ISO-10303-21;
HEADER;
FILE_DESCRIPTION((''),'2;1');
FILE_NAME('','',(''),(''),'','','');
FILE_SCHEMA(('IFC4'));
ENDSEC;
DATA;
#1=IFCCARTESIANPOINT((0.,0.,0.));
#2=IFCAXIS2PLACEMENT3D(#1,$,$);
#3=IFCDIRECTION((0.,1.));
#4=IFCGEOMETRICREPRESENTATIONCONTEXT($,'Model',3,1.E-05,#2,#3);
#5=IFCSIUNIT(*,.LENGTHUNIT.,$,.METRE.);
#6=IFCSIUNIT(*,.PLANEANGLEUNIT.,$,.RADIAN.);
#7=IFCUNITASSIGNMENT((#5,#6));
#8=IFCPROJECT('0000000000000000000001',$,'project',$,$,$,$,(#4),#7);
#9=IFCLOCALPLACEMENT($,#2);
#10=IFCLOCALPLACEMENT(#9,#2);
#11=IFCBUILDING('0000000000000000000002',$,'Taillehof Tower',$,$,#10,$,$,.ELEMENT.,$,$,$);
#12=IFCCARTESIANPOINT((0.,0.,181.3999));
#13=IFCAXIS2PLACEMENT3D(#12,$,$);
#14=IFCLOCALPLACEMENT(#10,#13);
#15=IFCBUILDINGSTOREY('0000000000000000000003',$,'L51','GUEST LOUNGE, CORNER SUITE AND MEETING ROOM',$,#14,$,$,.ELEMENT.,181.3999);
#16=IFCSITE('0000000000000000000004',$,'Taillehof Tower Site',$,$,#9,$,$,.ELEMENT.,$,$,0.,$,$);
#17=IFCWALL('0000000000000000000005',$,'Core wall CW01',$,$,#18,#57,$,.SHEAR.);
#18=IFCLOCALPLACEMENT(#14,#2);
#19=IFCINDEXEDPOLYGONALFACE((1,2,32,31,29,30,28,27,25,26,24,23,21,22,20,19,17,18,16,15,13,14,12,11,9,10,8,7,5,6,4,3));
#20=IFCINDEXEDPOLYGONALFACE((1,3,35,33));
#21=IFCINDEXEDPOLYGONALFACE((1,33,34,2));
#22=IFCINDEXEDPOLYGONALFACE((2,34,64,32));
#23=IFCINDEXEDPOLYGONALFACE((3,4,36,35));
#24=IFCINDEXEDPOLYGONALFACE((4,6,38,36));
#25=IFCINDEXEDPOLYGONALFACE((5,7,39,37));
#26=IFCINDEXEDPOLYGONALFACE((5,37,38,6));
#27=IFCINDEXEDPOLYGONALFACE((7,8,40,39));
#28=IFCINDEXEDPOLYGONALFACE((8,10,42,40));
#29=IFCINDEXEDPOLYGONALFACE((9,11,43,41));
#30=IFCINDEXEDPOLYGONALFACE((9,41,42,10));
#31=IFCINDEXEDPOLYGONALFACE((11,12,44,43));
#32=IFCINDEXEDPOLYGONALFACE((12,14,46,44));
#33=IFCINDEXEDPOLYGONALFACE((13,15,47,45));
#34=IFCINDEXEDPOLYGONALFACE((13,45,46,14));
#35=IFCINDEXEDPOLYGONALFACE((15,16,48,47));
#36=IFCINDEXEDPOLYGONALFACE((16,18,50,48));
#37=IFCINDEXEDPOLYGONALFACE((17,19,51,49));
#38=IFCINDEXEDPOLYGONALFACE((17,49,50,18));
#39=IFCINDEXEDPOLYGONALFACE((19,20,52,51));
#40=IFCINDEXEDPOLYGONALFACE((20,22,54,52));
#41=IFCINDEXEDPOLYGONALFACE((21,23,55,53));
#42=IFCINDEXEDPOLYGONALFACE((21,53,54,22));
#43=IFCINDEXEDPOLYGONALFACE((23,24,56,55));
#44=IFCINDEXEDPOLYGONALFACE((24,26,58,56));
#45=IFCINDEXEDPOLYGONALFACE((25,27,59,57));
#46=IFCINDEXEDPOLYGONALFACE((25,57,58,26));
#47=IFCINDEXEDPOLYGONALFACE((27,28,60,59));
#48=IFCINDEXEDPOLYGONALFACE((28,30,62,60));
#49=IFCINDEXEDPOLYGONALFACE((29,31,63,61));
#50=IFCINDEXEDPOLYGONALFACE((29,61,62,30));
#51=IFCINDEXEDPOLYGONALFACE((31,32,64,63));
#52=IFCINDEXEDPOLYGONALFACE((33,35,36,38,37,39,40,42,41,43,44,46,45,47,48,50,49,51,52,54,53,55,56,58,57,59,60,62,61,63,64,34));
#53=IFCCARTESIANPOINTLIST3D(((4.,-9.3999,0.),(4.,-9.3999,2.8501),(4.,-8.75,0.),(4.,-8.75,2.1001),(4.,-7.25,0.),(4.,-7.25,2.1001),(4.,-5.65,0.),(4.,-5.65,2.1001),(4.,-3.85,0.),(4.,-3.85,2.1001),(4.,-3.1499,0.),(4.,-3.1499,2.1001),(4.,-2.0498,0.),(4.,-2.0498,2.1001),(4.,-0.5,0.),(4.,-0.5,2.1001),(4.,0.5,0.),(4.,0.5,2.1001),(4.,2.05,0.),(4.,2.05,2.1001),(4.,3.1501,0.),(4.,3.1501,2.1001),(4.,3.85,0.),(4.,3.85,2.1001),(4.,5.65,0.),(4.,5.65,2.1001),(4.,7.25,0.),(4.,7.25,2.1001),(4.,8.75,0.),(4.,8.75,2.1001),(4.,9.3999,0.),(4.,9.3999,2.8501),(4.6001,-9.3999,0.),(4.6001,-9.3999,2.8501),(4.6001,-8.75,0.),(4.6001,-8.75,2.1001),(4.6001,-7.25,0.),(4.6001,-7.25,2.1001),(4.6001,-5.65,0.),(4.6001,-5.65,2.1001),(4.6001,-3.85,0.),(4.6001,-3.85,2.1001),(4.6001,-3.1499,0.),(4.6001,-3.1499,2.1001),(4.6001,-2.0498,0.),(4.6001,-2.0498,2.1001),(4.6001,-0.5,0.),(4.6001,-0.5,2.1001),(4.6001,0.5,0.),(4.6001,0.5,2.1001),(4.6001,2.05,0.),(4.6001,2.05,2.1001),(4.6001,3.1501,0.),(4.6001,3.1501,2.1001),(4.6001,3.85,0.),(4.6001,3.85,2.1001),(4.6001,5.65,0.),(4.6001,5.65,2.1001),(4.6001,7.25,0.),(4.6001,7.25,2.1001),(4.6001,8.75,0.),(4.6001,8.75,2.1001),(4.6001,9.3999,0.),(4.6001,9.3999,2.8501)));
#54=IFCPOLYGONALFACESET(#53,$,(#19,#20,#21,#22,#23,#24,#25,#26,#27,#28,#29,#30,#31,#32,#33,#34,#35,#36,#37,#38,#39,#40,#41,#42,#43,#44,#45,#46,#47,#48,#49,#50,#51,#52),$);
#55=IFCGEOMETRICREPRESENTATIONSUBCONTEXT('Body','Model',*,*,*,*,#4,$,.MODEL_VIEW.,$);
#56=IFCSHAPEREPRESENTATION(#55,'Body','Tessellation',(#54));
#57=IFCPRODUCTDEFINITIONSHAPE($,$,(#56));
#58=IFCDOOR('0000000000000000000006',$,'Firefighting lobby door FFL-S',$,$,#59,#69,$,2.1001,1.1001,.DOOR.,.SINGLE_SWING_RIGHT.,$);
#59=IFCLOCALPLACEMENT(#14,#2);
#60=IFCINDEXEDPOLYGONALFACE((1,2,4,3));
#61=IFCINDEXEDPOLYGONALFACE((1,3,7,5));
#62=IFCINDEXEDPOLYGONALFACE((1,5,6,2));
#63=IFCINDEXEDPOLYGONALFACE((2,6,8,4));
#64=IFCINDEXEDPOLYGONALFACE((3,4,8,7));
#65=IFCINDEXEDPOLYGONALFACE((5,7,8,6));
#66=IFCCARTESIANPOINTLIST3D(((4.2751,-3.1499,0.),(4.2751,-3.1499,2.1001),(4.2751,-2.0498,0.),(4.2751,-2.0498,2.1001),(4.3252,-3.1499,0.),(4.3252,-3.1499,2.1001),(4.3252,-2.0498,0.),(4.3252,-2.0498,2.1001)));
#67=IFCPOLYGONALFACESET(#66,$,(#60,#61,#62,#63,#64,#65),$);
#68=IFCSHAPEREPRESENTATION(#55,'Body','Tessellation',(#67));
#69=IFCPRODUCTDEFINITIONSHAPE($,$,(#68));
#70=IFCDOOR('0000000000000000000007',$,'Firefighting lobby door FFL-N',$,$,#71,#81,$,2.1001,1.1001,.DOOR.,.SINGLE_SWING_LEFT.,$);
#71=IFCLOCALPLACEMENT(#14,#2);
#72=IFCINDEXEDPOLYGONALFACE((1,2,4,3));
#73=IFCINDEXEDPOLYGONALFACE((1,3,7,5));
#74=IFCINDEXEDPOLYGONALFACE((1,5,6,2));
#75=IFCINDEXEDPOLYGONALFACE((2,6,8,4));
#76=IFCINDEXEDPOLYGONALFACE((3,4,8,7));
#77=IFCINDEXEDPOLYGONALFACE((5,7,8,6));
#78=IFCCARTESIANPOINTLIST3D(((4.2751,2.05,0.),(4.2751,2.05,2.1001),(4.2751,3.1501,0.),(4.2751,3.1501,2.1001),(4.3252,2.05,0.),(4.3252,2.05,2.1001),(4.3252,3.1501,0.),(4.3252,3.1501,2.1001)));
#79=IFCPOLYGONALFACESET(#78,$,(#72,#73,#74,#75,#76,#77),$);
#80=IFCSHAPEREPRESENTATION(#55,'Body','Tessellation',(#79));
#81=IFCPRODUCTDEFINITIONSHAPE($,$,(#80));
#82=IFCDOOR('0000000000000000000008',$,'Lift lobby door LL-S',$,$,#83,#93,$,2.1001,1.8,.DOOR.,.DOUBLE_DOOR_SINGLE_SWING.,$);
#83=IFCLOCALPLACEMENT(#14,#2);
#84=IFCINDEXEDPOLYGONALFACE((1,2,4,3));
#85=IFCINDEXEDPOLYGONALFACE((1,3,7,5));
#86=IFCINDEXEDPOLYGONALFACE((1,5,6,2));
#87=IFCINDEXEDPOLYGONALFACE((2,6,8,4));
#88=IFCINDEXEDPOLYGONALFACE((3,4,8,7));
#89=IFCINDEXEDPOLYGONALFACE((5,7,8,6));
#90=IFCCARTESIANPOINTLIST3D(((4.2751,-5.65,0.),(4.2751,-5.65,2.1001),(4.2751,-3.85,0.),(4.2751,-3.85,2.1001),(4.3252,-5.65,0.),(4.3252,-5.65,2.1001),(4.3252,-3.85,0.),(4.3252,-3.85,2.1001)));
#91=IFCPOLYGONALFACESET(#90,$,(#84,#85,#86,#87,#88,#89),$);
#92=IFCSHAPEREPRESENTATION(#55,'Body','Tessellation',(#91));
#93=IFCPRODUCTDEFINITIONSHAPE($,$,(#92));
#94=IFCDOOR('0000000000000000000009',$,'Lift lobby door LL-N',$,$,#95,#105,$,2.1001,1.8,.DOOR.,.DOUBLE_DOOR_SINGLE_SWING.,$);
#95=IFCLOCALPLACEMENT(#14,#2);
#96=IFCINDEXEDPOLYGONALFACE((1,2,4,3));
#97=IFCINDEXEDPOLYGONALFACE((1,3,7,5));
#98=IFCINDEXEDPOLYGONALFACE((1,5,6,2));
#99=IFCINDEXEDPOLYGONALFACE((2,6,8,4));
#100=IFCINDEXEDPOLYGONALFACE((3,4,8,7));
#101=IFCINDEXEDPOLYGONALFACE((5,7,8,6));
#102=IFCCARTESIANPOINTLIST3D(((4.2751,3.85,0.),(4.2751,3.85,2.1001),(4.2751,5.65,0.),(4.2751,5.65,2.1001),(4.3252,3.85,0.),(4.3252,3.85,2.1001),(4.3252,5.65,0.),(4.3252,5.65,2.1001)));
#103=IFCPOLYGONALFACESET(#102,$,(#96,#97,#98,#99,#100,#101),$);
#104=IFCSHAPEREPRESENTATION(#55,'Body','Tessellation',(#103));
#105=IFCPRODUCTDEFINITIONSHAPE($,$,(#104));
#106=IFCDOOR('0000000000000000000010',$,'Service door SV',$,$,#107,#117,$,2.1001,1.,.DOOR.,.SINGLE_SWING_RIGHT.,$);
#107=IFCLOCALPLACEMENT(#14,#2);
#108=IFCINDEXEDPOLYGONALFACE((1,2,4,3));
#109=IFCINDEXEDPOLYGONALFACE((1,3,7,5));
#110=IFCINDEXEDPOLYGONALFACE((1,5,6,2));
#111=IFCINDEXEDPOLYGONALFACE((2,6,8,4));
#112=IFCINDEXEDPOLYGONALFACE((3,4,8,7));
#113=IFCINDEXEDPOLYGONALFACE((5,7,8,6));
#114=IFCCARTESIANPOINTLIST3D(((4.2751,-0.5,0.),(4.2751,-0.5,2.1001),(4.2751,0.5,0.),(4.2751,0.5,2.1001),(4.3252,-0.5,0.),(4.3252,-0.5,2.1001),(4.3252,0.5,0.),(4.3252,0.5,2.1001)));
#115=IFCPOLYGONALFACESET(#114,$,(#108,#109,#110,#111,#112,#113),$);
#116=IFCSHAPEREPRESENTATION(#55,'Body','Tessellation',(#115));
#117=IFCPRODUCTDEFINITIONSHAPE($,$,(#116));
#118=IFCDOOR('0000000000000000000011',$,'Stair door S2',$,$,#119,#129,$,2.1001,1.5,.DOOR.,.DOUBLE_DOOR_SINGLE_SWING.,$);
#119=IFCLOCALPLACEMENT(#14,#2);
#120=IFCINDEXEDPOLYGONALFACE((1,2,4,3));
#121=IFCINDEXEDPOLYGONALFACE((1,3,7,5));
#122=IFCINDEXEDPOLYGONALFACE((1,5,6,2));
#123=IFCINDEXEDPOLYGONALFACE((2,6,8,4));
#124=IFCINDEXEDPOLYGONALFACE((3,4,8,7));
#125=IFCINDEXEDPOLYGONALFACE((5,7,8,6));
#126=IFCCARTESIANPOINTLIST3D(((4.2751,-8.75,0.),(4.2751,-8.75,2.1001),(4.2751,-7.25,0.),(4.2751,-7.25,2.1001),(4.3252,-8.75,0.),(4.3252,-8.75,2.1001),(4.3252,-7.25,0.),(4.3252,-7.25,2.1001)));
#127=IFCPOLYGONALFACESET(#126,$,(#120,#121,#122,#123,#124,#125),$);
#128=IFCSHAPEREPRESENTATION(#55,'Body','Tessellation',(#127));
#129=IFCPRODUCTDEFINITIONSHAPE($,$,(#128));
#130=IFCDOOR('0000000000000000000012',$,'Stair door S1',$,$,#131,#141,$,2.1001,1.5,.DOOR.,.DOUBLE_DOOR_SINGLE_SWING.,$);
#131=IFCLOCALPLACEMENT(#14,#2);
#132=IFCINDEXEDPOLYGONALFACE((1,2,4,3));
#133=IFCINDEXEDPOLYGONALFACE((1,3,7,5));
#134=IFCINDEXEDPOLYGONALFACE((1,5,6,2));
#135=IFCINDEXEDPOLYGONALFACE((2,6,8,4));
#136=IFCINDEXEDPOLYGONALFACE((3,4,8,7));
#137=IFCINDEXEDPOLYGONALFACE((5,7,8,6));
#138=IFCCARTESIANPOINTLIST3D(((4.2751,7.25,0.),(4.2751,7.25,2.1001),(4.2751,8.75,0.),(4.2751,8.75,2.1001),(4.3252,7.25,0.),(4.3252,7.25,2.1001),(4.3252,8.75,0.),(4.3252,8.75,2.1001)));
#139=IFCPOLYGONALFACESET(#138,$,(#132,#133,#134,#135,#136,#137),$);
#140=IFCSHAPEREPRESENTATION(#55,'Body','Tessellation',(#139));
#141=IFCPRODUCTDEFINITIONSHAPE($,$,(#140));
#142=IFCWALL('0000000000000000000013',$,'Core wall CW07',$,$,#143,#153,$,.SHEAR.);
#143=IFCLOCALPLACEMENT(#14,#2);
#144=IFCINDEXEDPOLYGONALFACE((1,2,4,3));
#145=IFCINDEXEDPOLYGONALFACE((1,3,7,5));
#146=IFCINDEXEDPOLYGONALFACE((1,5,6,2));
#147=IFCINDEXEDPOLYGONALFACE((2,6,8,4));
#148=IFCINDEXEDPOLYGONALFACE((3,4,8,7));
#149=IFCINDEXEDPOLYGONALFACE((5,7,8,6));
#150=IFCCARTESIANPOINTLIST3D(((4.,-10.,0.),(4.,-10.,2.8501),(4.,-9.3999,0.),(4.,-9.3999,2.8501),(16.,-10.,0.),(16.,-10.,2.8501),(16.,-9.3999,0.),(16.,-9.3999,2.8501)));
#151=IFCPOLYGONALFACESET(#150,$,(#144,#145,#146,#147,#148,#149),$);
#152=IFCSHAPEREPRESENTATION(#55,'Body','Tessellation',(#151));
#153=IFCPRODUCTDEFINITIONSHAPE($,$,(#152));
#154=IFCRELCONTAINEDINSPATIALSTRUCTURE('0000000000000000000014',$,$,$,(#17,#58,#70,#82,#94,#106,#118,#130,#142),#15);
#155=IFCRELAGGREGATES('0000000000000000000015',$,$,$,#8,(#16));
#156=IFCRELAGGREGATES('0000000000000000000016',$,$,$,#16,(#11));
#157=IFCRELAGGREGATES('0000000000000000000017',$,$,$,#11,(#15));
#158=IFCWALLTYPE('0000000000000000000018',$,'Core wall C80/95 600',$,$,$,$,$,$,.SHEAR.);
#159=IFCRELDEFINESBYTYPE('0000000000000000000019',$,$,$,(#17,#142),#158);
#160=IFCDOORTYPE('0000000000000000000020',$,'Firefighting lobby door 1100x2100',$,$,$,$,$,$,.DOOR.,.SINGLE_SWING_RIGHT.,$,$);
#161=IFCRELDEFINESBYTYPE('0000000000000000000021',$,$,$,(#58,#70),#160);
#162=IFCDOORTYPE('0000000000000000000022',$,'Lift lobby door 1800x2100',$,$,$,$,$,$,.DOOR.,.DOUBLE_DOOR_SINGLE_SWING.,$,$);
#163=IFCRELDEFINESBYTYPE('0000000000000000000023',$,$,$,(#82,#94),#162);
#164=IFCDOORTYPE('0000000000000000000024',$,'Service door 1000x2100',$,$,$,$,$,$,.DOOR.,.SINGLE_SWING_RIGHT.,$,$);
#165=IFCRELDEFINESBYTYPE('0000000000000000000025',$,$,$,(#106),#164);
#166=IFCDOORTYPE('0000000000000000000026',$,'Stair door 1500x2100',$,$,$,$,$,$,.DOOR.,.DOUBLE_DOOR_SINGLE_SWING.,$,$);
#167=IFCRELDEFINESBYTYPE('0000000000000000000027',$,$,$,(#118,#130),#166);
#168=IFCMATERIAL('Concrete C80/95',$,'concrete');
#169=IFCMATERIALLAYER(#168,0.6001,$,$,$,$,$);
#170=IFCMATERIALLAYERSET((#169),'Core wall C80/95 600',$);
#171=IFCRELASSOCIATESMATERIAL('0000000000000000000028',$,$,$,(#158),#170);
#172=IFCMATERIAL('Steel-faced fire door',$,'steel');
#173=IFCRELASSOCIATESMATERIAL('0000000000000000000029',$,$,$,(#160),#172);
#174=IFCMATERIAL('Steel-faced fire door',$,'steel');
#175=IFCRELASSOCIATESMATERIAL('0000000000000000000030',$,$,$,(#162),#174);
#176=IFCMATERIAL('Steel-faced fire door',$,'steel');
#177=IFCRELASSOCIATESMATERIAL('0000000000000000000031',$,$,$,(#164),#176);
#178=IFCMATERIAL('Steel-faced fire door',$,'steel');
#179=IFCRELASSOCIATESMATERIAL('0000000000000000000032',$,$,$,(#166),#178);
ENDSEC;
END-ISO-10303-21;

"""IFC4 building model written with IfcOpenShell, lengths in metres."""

from ifc_helpers import new_model, si_unit, direction, frame, frame_2d, origin, place, context, subcontext, project, spatial, rectangle, extrude, material, layer, layer_set, type_object, element, fill, save


model = new_model("IFC4")

# Units and contexts
model_context = context("Model", 3, precision=1e-05, world=origin(), true_north=direction((0.0, 1.0)))
body_context = subcontext(model_context, "Body", "Model", "MODEL_VIEW")
ifc_project = project(units=[si_unit("LENGTHUNIT", "METRE"), si_unit("PLANEANGLEUNIT", "RADIAN")], contexts=[model_context])

# Site, building, storey
site_placement = place(None, origin())
site = spatial("IfcSite", under=ifc_project, at=site_placement, Name="Taillehof Tower Site", CompositionType="ELEMENT", RefElevation=0.0)
building_placement = place(site_placement, origin())
building = spatial("IfcBuilding", under=site, at=building_placement, Name="Taillehof Tower", CompositionType="ELEMENT")
storey_placement = place(building_placement, frame((0.0, 0.0, 181.3999)))
storey = spatial("IfcBuildingStorey", under=building, at=storey_placement, Name="L51", Description="GUEST LOUNGE, CORNER SUITE AND MEETING ROOM", CompositionType="ELEMENT", Elevation=181.3999)

# Wall, openings, doors
ifc_material_1 = material(Name="Concrete C80/95", Category="concrete")
ifc_layer_1 = layer(ifc_material_1, 0.6001)
ifc_layer_set_1 = layer_set([ifc_layer_1], Name="Core wall C80/95 600")
wall_type_1 = type_object("IfcWallType", Name="Core wall C80/95 600", PredefinedType="SHEAR", material=ifc_layer_set_1)
wall_1_placement = place(storey_placement, frame((4.3, -9.3999, 0.0), z_axis=(0.0, 0.0, 1.0), x_axis=(0.0, 1.0, 0.0)))
wall_1 = element("IfcWall", 1, at=wall_1_placement, inside=storey, type_object=wall_type_1, Name="Core wall CW01", PredefinedType="SHEAR", context=body_context, shape_type="SweptSolid", body=[
    extrude(rectangle(XDim=18.7998, YDim=0.6001, at=frame_2d((9.3999, 0.0))), origin(), (0.0, 0.0, 1.0), 2.8501),
])
opening_1_placement = place(wall_1_placement, frame((0.6499, 0.0, 0.0)))
opening_1 = element("IfcOpeningElement", 2, at=opening_1_placement, cuts=wall_1, PredefinedType="OPENING", context=body_context, shape_type="SweptSolid", body=[
    extrude(rectangle(XDim=1.5, YDim=2.1001, at=frame_2d((0.75, 1.05))), frame((0.0, 0.3101, 0.0), z_axis=(0.0, -1.0, 0.0), x_axis=(1.0, 0.0, 0.0)), (0.0, 0.0, 1.0), 0.6201),
])
opening_2_placement = place(wall_1_placement, frame((3.75, 0.0, 0.0)))
opening_2 = element("IfcOpeningElement", 3, at=opening_2_placement, cuts=wall_1, PredefinedType="OPENING", context=body_context, shape_type="SweptSolid", body=[
    extrude(rectangle(XDim=1.8, YDim=2.1001, at=frame_2d((0.8999, 1.05))), frame((0.0, 0.3101, 0.0), z_axis=(0.0, -1.0, 0.0), x_axis=(1.0, 0.0, 0.0)), (0.0, 0.0, 1.0), 0.6201),
])
opening_3_placement = place(wall_1_placement, frame((6.25, 0.0, 0.0)))
opening_3 = element("IfcOpeningElement", 4, at=opening_3_placement, cuts=wall_1, PredefinedType="OPENING", context=body_context, shape_type="SweptSolid", body=[
    extrude(rectangle(XDim=1.1001, YDim=2.1001, at=frame_2d((0.55, 1.05))), frame((0.0, 0.3101, 0.0), z_axis=(0.0, -1.0, 0.0), x_axis=(1.0, 0.0, 0.0)), (0.0, 0.0, 1.0), 0.6201),
])
opening_4_placement = place(wall_1_placement, frame((8.8999, 0.0, 0.0)))
opening_4 = element("IfcOpeningElement", 5, at=opening_4_placement, cuts=wall_1, PredefinedType="OPENING", context=body_context, shape_type="SweptSolid", body=[
    extrude(rectangle(XDim=1.0, YDim=2.1001, at=frame_2d((0.5, 1.05))), frame((0.0, 0.3101, 0.0), z_axis=(0.0, -1.0, 0.0), x_axis=(1.0, 0.0, 0.0)), (0.0, 0.0, 1.0), 0.6201),
])
opening_5_placement = place(wall_1_placement, frame((11.45, 0.0, 0.0)))
opening_5 = element("IfcOpeningElement", 6, at=opening_5_placement, cuts=wall_1, PredefinedType="OPENING", context=body_context, shape_type="SweptSolid", body=[
    extrude(rectangle(XDim=1.1001, YDim=2.1001, at=frame_2d((0.55, 1.05))), frame((0.0, 0.3101, 0.0), z_axis=(0.0, -1.0, 0.0), x_axis=(1.0, 0.0, 0.0)), (0.0, 0.0, 1.0), 0.6201),
])
opening_6_placement = place(wall_1_placement, frame((13.25, 0.0, 0.0)))
opening_6 = element("IfcOpeningElement", 7, at=opening_6_placement, cuts=wall_1, PredefinedType="OPENING", context=body_context, shape_type="SweptSolid", body=[
    extrude(rectangle(XDim=1.8, YDim=2.1001, at=frame_2d((0.8999, 1.05))), frame((0.0, 0.3101, 0.0), z_axis=(0.0, -1.0, 0.0), x_axis=(1.0, 0.0, 0.0)), (0.0, 0.0, 1.0), 0.6201),
])
opening_7_placement = place(wall_1_placement, frame((16.6499, 0.0, 0.0)))
opening_7 = element("IfcOpeningElement", 8, at=opening_7_placement, cuts=wall_1, PredefinedType="OPENING", context=body_context, shape_type="SweptSolid", body=[
    extrude(rectangle(XDim=1.5, YDim=2.1001, at=frame_2d((0.75, 1.05))), frame((0.0, 0.3101, 0.0), z_axis=(0.0, -1.0, 0.0), x_axis=(1.0, 0.0, 0.0)), (0.0, 0.0, 1.0), 0.6201),
])
ifc_material_2 = material(Name="Steel-faced fire door", Category="steel")
door_type_1 = type_object("IfcDoorType", Name="Firefighting lobby door 1100x2100", OperationType="SINGLE_SWING_RIGHT", PredefinedType="DOOR", material=ifc_material_2)
door_1_placement = place(opening_3_placement, origin())
door_1 = element("IfcDoor", 9, at=door_1_placement, inside=storey, type_object=door_type_1, Name="Firefighting lobby door FFL-S", OperationType="SINGLE_SWING_RIGHT", OverallHeight=2.1001, OverallWidth=1.1001, PredefinedType="DOOR", context=body_context, shape_type="SweptSolid", body=[
    extrude(rectangle(XDim=1.1001, YDim=2.1001, at=frame_2d((0.55, 1.05))), frame((0.0, 0.0249, 0.0), z_axis=(0.0, -1.0, 0.0), x_axis=(1.0, 0.0, 0.0)), (0.0, 0.0, 1.0), 0.05),
])
fill(opening_3, door_1)
door_2_placement = place(opening_5_placement, origin())
door_2 = element("IfcDoor", 10, at=door_2_placement, inside=storey, type_object=door_type_1, Name="Firefighting lobby door FFL-N", OperationType="SINGLE_SWING_LEFT", OverallHeight=2.1001, OverallWidth=1.1001, PredefinedType="DOOR", context=body_context, shape_type="SweptSolid", body=[
    extrude(rectangle(XDim=1.1001, YDim=2.1001, at=frame_2d((0.55, 1.05))), frame((0.0, 0.0249, 0.0), z_axis=(0.0, -1.0, 0.0), x_axis=(1.0, 0.0, 0.0)), (0.0, 0.0, 1.0), 0.05),
])
fill(opening_5, door_2)
ifc_material_3 = material(Name="Steel-faced fire door", Category="steel")
door_type_2 = type_object("IfcDoorType", Name="Lift lobby door 1800x2100", OperationType="DOUBLE_DOOR_SINGLE_SWING", PredefinedType="DOOR", material=ifc_material_3)
door_3_placement = place(opening_2_placement, origin())
door_3 = element("IfcDoor", 11, at=door_3_placement, inside=storey, type_object=door_type_2, Name="Lift lobby door LL-S", OperationType="DOUBLE_DOOR_SINGLE_SWING", OverallHeight=2.1001, OverallWidth=1.8, PredefinedType="DOOR", context=body_context, shape_type="SweptSolid", body=[
    extrude(rectangle(XDim=1.8, YDim=2.1001, at=frame_2d((0.8999, 1.05))), frame((0.0, 0.0249, 0.0), z_axis=(0.0, -1.0, 0.0), x_axis=(1.0, 0.0, 0.0)), (0.0, 0.0, 1.0), 0.05),
])
fill(opening_2, door_3)
door_4_placement = place(opening_6_placement, origin())
door_4 = element("IfcDoor", 12, at=door_4_placement, inside=storey, type_object=door_type_2, Name="Lift lobby door LL-N", OperationType="DOUBLE_DOOR_SINGLE_SWING", OverallHeight=2.1001, OverallWidth=1.8, PredefinedType="DOOR", context=body_context, shape_type="SweptSolid", body=[
    extrude(rectangle(XDim=1.8, YDim=2.1001, at=frame_2d((0.8999, 1.05))), frame((0.0, 0.0249, 0.0), z_axis=(0.0, -1.0, 0.0), x_axis=(1.0, 0.0, 0.0)), (0.0, 0.0, 1.0), 0.05),
])
fill(opening_6, door_4)
ifc_material_4 = material(Name="Steel-faced fire door", Category="steel")
door_type_3 = type_object("IfcDoorType", Name="Service door 1000x2100", OperationType="SINGLE_SWING_RIGHT", PredefinedType="DOOR", material=ifc_material_4)
door_5_placement = place(opening_4_placement, origin())
door_5 = element("IfcDoor", 13, at=door_5_placement, inside=storey, type_object=door_type_3, Name="Service door SV", OperationType="SINGLE_SWING_RIGHT", OverallHeight=2.1001, OverallWidth=1.0, PredefinedType="DOOR", context=body_context, shape_type="SweptSolid", body=[
    extrude(rectangle(XDim=1.0, YDim=2.1001, at=frame_2d((0.5, 1.05))), frame((0.0, 0.0249, 0.0), z_axis=(0.0, -1.0, 0.0), x_axis=(1.0, 0.0, 0.0)), (0.0, 0.0, 1.0), 0.05),
])
fill(opening_4, door_5)
ifc_material_5 = material(Name="Steel-faced fire door", Category="steel")
door_type_4 = type_object("IfcDoorType", Name="Stair door 1500x2100", OperationType="DOUBLE_DOOR_SINGLE_SWING", PredefinedType="DOOR", material=ifc_material_5)
door_6_placement = place(opening_1_placement, origin())
door_6 = element("IfcDoor", 14, at=door_6_placement, inside=storey, type_object=door_type_4, Name="Stair door S2", OperationType="DOUBLE_DOOR_SINGLE_SWING", OverallHeight=2.1001, OverallWidth=1.5, PredefinedType="DOOR", context=body_context, shape_type="SweptSolid", body=[
    extrude(rectangle(XDim=1.5, YDim=2.1001, at=frame_2d((0.75, 1.05))), frame((0.0, 0.0249, 0.0), z_axis=(0.0, -1.0, 0.0), x_axis=(1.0, 0.0, 0.0)), (0.0, 0.0, 1.0), 0.05),
])
fill(opening_1, door_6)
door_7_placement = place(opening_7_placement, origin())
door_7 = element("IfcDoor", 15, at=door_7_placement, inside=storey, type_object=door_type_4, Name="Stair door S1", OperationType="DOUBLE_DOOR_SINGLE_SWING", OverallHeight=2.1001, OverallWidth=1.5, PredefinedType="DOOR", context=body_context, shape_type="SweptSolid", body=[
    extrude(rectangle(XDim=1.5, YDim=2.1001, at=frame_2d((0.75, 1.05))), frame((0.0, 0.0249, 0.0), z_axis=(0.0, -1.0, 0.0), x_axis=(1.0, 0.0, 0.0)), (0.0, 0.0, 1.0), 0.05),
])
fill(opening_7, door_7)

# Wall
wall_2_placement = place(storey_placement, frame((4.0, -9.7, 0.0), z_axis=(0.0, 0.0, 1.0), x_axis=(1.0, 0.0, 0.0)))
element("IfcWall", 16, at=wall_2_placement, inside=storey, type_object=wall_type_1, Name="Core wall CW07", PredefinedType="SHEAR", context=body_context, shape_type="SweptSolid", body=[
    extrude(rectangle(XDim=12.0, YDim=0.6001, at=frame_2d((6.0, 0.0))), origin(), (0.0, 0.0, 1.0), 2.8501),
])

save(model, "model.ifc")
